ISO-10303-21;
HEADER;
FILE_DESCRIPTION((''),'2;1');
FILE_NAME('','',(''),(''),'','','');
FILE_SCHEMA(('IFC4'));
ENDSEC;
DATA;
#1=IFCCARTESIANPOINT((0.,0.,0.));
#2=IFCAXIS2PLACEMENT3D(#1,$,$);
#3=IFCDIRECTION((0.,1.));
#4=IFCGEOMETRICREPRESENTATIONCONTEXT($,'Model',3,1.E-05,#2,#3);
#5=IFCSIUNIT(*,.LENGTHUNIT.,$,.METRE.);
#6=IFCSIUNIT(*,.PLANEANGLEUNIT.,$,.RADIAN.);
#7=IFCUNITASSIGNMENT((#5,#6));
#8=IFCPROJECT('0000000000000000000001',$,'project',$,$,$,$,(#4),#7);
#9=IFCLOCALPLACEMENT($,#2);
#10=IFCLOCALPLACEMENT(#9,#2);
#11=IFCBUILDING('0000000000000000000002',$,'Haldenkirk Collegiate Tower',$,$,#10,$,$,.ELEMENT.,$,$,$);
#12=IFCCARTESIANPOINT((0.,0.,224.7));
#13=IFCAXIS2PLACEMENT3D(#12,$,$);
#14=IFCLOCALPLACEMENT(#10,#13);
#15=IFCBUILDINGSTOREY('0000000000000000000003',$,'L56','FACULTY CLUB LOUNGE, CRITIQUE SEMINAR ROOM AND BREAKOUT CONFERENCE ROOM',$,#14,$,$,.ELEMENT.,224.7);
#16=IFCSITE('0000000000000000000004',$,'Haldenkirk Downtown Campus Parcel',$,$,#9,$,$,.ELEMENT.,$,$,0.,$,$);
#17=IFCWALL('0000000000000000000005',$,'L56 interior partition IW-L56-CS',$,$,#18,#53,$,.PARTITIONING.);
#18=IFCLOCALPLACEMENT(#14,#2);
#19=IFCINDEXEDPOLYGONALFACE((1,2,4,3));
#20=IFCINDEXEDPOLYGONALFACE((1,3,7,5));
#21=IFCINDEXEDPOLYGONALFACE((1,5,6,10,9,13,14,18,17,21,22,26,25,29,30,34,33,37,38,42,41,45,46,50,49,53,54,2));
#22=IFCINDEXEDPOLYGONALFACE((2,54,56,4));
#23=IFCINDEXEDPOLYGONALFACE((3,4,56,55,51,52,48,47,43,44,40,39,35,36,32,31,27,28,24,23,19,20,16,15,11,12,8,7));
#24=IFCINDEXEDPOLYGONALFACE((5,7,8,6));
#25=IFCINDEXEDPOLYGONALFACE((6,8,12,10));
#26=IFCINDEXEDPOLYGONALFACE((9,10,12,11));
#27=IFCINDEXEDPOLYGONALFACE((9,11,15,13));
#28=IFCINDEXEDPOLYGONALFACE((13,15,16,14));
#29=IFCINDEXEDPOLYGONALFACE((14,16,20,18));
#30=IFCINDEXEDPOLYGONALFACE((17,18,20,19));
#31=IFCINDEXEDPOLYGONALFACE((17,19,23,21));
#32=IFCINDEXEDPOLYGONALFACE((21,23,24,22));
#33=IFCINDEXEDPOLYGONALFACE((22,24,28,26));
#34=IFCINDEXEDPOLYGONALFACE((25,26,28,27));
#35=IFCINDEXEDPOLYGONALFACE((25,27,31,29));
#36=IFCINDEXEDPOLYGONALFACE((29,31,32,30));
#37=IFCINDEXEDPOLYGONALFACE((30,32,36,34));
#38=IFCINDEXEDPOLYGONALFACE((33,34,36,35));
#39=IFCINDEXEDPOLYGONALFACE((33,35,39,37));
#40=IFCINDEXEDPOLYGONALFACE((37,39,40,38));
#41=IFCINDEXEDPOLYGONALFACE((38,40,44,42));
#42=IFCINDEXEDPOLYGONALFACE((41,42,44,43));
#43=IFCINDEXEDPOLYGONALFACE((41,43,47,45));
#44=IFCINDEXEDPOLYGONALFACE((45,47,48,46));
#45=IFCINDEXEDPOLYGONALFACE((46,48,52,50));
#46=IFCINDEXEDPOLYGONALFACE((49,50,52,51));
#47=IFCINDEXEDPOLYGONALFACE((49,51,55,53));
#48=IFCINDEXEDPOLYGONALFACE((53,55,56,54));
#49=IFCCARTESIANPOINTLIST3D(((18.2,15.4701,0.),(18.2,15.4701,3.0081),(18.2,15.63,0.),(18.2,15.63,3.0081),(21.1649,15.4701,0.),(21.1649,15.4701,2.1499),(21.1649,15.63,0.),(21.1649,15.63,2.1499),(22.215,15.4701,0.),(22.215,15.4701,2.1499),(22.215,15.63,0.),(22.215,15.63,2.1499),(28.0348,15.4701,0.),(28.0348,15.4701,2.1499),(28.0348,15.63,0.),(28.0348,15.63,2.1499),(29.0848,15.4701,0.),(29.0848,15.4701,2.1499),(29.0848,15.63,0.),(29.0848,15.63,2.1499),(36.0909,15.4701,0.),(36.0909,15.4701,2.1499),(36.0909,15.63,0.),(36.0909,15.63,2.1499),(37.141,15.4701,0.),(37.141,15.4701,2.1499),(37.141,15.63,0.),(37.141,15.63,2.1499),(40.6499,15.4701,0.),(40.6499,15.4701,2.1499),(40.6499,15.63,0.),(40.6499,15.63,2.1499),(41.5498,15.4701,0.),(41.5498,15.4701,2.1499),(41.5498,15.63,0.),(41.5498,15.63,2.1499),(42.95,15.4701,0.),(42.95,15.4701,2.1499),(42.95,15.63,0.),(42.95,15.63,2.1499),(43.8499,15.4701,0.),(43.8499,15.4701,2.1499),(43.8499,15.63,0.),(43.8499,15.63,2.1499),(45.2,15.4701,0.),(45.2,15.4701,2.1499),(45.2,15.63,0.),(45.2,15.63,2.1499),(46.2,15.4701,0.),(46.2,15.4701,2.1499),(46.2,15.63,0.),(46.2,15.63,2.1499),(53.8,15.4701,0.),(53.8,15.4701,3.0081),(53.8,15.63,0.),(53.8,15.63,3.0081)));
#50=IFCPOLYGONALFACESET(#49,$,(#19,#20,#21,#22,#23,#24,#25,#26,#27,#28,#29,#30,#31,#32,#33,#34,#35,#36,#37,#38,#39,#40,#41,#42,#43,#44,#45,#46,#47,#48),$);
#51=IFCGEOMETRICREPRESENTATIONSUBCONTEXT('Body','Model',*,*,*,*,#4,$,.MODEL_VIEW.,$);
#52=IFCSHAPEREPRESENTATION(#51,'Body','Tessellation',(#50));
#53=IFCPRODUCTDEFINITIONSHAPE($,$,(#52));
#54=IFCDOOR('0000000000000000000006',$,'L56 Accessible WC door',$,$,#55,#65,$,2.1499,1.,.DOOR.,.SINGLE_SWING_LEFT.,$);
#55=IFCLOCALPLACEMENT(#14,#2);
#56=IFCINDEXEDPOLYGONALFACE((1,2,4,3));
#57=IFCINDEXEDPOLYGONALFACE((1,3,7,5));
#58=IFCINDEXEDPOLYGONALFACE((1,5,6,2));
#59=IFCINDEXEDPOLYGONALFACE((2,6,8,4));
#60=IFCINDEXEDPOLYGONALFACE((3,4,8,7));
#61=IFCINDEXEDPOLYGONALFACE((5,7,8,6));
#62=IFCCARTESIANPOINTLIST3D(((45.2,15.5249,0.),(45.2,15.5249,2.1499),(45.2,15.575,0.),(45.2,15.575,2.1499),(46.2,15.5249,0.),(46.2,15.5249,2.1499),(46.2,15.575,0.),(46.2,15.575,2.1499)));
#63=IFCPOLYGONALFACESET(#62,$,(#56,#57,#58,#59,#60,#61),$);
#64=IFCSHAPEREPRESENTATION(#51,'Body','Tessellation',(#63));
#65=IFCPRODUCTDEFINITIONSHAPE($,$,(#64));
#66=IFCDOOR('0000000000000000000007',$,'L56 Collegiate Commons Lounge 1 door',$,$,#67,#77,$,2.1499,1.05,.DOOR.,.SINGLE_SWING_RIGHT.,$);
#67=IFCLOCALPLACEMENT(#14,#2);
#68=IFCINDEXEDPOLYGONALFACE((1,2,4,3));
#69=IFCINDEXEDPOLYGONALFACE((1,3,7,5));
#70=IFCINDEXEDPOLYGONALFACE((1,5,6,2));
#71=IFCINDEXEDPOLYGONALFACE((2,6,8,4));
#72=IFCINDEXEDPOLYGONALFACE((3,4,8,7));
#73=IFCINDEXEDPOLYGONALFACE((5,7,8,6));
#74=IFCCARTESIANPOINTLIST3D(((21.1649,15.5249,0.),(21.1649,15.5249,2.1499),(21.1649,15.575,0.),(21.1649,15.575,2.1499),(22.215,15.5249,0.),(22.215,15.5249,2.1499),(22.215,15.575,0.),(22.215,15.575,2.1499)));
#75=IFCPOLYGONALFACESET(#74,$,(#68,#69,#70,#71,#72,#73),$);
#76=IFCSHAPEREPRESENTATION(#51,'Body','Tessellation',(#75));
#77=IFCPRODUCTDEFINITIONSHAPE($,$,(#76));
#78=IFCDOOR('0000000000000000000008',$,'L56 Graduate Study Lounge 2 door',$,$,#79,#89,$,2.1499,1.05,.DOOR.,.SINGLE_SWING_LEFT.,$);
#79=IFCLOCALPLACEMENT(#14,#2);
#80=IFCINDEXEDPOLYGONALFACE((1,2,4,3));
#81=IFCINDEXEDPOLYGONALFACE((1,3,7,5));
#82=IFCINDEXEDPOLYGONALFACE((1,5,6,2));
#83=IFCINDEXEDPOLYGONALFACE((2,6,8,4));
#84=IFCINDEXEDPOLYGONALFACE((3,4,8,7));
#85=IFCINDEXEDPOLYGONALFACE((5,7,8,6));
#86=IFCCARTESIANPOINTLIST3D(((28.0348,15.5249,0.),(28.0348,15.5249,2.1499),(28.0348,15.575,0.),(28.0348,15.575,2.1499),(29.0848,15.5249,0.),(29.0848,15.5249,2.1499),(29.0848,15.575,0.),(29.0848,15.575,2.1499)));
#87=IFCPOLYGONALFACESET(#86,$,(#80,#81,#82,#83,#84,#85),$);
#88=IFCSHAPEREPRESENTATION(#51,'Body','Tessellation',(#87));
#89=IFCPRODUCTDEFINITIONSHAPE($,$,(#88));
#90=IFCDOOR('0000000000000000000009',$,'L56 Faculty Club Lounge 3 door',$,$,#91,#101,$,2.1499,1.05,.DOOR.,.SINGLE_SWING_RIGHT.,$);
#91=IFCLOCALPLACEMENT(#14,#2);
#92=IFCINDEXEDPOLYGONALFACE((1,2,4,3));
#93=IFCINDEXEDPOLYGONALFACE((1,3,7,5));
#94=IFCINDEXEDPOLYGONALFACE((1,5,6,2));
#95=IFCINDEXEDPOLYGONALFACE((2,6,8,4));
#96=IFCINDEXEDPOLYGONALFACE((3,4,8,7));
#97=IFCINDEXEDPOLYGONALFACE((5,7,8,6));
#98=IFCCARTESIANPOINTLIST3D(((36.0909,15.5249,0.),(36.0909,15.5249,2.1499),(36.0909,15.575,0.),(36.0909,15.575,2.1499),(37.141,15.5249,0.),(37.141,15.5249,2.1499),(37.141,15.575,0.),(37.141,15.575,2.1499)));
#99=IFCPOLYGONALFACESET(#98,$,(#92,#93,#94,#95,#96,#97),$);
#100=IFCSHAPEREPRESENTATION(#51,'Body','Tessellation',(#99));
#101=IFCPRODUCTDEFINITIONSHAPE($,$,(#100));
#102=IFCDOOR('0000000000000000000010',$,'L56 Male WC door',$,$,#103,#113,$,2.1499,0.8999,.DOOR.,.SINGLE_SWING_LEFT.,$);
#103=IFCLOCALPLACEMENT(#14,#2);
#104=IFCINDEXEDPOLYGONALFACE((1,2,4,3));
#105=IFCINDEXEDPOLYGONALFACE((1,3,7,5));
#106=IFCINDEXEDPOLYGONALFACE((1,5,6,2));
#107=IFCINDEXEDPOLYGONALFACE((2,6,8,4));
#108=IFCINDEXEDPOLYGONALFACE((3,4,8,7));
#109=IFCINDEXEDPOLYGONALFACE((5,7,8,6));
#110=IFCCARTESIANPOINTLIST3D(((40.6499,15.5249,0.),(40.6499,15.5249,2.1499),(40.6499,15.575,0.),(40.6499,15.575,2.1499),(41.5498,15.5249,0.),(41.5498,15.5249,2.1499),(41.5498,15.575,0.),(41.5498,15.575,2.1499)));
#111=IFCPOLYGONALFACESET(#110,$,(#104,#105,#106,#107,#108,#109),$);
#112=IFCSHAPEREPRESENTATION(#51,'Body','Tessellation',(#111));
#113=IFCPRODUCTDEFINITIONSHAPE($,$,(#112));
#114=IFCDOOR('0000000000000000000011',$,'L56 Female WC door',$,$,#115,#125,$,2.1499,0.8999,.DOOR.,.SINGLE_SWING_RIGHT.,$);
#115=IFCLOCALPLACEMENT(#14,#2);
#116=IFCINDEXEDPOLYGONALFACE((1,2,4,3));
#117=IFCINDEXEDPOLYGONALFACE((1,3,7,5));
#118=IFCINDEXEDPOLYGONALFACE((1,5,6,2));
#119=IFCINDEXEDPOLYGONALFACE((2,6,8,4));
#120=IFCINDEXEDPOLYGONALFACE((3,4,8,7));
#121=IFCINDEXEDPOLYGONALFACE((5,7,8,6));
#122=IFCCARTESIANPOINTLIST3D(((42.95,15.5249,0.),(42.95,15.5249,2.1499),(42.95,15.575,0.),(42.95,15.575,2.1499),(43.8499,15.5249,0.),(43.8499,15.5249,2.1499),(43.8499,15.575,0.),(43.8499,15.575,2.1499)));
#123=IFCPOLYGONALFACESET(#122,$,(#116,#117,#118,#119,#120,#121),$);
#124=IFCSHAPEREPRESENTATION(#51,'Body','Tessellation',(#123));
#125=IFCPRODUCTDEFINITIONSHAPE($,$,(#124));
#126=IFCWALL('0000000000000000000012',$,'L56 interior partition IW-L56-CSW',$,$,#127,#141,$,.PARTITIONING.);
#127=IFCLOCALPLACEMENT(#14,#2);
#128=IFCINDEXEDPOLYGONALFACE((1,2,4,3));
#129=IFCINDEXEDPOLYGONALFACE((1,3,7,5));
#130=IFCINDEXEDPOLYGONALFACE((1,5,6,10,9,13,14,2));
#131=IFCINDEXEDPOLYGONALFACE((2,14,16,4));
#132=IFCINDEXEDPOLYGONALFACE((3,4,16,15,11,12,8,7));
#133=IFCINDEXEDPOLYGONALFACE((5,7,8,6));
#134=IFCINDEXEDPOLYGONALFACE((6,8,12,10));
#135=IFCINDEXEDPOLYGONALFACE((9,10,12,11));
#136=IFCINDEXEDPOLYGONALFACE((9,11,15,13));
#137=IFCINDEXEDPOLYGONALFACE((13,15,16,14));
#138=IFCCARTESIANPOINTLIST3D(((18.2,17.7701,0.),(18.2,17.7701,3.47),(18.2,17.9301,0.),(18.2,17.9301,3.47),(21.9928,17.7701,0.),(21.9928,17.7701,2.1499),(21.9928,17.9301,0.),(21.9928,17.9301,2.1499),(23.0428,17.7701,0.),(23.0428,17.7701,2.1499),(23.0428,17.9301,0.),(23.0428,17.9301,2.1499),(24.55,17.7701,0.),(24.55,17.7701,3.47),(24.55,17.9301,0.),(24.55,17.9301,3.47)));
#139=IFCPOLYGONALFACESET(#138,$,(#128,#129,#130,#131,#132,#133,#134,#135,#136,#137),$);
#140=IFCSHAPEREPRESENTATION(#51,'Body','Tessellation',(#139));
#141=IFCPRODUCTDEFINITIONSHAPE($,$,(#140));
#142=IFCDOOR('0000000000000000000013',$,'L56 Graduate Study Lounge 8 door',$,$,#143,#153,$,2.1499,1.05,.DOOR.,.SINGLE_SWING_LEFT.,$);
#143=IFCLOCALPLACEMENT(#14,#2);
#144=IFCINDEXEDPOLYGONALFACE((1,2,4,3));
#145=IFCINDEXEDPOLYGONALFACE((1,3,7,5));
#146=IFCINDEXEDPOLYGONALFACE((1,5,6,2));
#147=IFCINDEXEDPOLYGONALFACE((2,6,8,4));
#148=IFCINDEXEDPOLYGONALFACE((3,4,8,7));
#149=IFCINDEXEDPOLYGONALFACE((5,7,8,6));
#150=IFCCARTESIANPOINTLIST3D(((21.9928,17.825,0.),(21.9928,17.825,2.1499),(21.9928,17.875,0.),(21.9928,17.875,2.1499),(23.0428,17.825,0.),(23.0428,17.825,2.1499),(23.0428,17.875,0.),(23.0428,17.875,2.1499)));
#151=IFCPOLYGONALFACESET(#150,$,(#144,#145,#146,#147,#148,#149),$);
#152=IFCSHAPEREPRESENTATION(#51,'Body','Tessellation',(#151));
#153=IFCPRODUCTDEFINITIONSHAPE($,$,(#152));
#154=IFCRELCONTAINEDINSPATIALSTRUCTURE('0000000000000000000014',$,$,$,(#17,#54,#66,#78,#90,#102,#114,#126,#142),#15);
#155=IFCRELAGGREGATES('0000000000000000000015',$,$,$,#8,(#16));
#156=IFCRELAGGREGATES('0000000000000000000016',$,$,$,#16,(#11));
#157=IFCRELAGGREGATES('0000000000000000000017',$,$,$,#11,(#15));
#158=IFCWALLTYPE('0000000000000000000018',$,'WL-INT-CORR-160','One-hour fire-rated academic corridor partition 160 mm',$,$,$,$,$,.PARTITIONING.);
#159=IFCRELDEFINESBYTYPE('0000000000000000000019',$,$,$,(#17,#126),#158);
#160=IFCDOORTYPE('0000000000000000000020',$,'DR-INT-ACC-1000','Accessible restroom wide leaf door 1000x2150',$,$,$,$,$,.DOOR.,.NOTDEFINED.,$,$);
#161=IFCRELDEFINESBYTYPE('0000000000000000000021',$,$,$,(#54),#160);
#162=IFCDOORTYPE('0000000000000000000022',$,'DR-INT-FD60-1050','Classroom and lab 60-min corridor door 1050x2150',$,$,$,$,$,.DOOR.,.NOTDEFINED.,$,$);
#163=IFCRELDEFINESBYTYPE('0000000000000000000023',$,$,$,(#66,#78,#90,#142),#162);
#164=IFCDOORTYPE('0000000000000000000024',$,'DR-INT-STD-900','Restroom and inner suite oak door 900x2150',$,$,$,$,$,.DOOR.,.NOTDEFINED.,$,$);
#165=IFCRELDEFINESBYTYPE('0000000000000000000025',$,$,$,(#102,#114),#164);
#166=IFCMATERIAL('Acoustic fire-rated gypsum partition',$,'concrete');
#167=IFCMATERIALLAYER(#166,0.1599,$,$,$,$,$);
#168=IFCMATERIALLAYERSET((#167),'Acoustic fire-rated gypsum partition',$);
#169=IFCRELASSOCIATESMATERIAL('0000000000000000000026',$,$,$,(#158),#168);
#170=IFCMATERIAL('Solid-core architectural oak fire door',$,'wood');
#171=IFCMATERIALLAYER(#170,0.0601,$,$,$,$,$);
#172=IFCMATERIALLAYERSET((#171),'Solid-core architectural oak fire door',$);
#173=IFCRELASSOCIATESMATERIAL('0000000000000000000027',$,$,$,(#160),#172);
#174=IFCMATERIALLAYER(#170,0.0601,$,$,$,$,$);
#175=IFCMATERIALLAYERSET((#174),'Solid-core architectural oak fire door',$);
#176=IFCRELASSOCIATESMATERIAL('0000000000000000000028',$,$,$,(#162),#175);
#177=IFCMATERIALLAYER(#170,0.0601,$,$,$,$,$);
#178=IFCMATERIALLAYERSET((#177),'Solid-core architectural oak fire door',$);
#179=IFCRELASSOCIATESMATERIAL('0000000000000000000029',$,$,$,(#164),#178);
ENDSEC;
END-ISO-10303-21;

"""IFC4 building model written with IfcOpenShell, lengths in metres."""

from ifc_helpers import new_model, si_unit, direction, frame, frame_2d, origin, place, context, subcontext, project, spatial, rectangle, extrude, material, layer, layer_set, type_object, element, fill, save


model = new_model("IFC4")

# Units and contexts
model_context = context("Model", 3, precision=1e-05, world=origin(), true_north=direction((0.0, 1.0)))
body_context = subcontext(model_context, "Body", "Model", "MODEL_VIEW")
ifc_project = project(units=[si_unit("LENGTHUNIT", "METRE"), si_unit("PLANEANGLEUNIT", "RADIAN")], contexts=[model_context])

# Site, building, storey
site_placement = place(None, origin())
site = spatial("IfcSite", under=ifc_project, at=site_placement, Name="Haldenkirk Downtown Campus Parcel", CompositionType="ELEMENT", RefElevation=0.0)
building_placement = place(site_placement, origin())
building = spatial("IfcBuilding", under=site, at=building_placement, Name="Haldenkirk Collegiate Tower", CompositionType="ELEMENT")
storey_placement = place(building_placement, frame((0.0, 0.0, 224.7)))
storey = spatial("IfcBuildingStorey", under=building, at=storey_placement, Name="L56", Description="FACULTY CLUB LOUNGE, CRITIQUE SEMINAR ROOM AND BREAKOUT CONFERENCE ROOM", CompositionType="ELEMENT", Elevation=224.7)

# Wall, openings, doors
ifc_material_1 = material(Name="Acoustic fire-rated gypsum partition", Category="concrete")
ifc_layer_1 = layer(ifc_material_1, 0.1599)
ifc_layer_set_1 = layer_set([ifc_layer_1], Name="Acoustic fire-rated gypsum partition")
wall_type = type_object("IfcWallType", Name="WL-INT-CORR-160", Description="One-hour fire-rated academic corridor partition 160 mm", PredefinedType="PARTITIONING", material=ifc_layer_set_1)
wall_1_placement = place(storey_placement, frame((18.2, 15.55, 0.0), z_axis=(0.0, 0.0, 1.0), x_axis=(1.0, 0.0, 0.0)))
wall_1 = element("IfcWall", 1, at=wall_1_placement, inside=storey, type_object=wall_type, Name="L56 interior partition IW-L56-CS", PredefinedType="PARTITIONING", context=body_context, shape_type="SweptSolid", body=[
    extrude(rectangle(XDim=35.6001, YDim=0.1599, at=frame_2d((17.8, 0.0))), origin(), (0.0, 0.0, 1.0), 3.0081),
])
opening_1_placement = place(wall_1_placement, frame((22.45, 0.0, 0.0)))
opening_1 = element("IfcOpeningElement", 2, at=opening_1_placement, cuts=wall_1, PredefinedType="OPENING", context=body_context, shape_type="SweptSolid", body=[
    extrude(rectangle(XDim=0.8999, YDim=2.1499, at=frame_2d((0.45, 1.075))), frame((0.0, 0.0898, 0.0), z_axis=(0.0, -1.0, 0.0), x_axis=(1.0, 0.0, 0.0)), (0.0, 0.0, 1.0), 0.1799),
])
opening_2_placement = place(wall_1_placement, frame((24.75, 0.0, 0.0)))
opening_2 = element("IfcOpeningElement", 3, at=opening_2_placement, cuts=wall_1, PredefinedType="OPENING", context=body_context, shape_type="SweptSolid", body=[
    extrude(rectangle(XDim=0.8999, YDim=2.1499, at=frame_2d((0.45, 1.075))), frame((0.0, 0.0898, 0.0), z_axis=(0.0, -1.0, 0.0), x_axis=(1.0, 0.0, 0.0)), (0.0, 0.0, 1.0), 0.1799),
])
opening_3_placement = place(wall_1_placement, frame((27.0, 0.0, 0.0)))
opening_3 = element("IfcOpeningElement", 4, at=opening_3_placement, cuts=wall_1, PredefinedType="OPENING", context=body_context, shape_type="SweptSolid", body=[
    extrude(rectangle(XDim=1.0, YDim=2.1499, at=frame_2d((0.5, 1.075))), frame((0.0, 0.0898, 0.0), z_axis=(0.0, -1.0, 0.0), x_axis=(1.0, 0.0, 0.0)), (0.0, 0.0, 1.0), 0.1799),
])
opening_4_placement = place(wall_1_placement, frame((2.9651, 0.0, 0.0)))
opening_4 = element("IfcOpeningElement", 5, at=opening_4_placement, cuts=wall_1, PredefinedType="OPENING", context=body_context, shape_type="SweptSolid", body=[
    extrude(rectangle(XDim=1.05, YDim=2.1499, at=frame_2d((0.5249, 1.075))), frame((0.0, 0.0898, 0.0), z_axis=(0.0, -1.0, 0.0), x_axis=(1.0, 0.0, 0.0)), (0.0, 0.0, 1.0), 0.1799),
])
opening_5_placement = place(wall_1_placement, frame((9.835, 0.0, 0.0)))
opening_5 = element("IfcOpeningElement", 6, at=opening_5_placement, cuts=wall_1, PredefinedType="OPENING", context=body_context, shape_type="SweptSolid", body=[
    extrude(rectangle(XDim=1.05, YDim=2.1499, at=frame_2d((0.5249, 1.075))), frame((0.0, 0.0898, 0.0), z_axis=(0.0, -1.0, 0.0), x_axis=(1.0, 0.0, 0.0)), (0.0, 0.0, 1.0), 0.1799),
])
opening_6_placement = place(wall_1_placement, frame((17.8911, 0.0, 0.0)))
opening_6 = element("IfcOpeningElement", 7, at=opening_6_placement, cuts=wall_1, PredefinedType="OPENING", context=body_context, shape_type="SweptSolid", body=[
    extrude(rectangle(XDim=1.05, YDim=2.1499, at=frame_2d((0.5249, 1.075))), frame((0.0, 0.0898, 0.0), z_axis=(0.0, -1.0, 0.0), x_axis=(1.0, 0.0, 0.0)), (0.0, 0.0, 1.0), 0.1799),
])
ifc_material_2 = material(Name="Solid-core architectural oak fire door", Category="wood")
ifc_layer_2 = layer(ifc_material_2, 0.0601)
ifc_layer_set_2 = layer_set([ifc_layer_2], Name="Solid-core architectural oak fire door")
door_type_1 = type_object("IfcDoorType", Name="DR-INT-ACC-1000", Description="Accessible restroom wide leaf door 1000x2150", OperationType="NOTDEFINED", PredefinedType="DOOR", material=ifc_layer_set_2)
door_1_placement = place(opening_3_placement, origin())
door_1 = element("IfcDoor", 8, at=door_1_placement, inside=storey, type_object=door_type_1, Name="L56 Accessible WC door", OperationType="SINGLE_SWING_LEFT", OverallHeight=2.1499, OverallWidth=1.0, PredefinedType="DOOR", context=body_context, shape_type="SweptSolid", body=[
    extrude(rectangle(XDim=1.0, YDim=2.1499, at=frame_2d((0.5, 1.075))), frame((0.0, 0.0249, 0.0), z_axis=(0.0, -1.0, 0.0), x_axis=(1.0, 0.0, 0.0)), (0.0, 0.0, 1.0), 0.05),
])
fill(opening_3, door_1)
ifc_layer_3 = layer(ifc_material_2, 0.0601)
ifc_layer_set_3 = layer_set([ifc_layer_3], Name="Solid-core architectural oak fire door")
door_type_2 = type_object("IfcDoorType", Name="DR-INT-FD60-1050", Description="Classroom and lab 60-min corridor door 1050x2150", OperationType="NOTDEFINED", PredefinedType="DOOR", material=ifc_layer_set_3)
door_2_placement = place(opening_4_placement, origin())
door_2 = element("IfcDoor", 9, at=door_2_placement, inside=storey, type_object=door_type_2, Name="L56 Collegiate Commons Lounge 1 door", OperationType="SINGLE_SWING_RIGHT", OverallHeight=2.1499, OverallWidth=1.05, PredefinedType="DOOR", context=body_context, shape_type="SweptSolid", body=[
    extrude(rectangle(XDim=1.05, YDim=2.1499, at=frame_2d((0.5249, 1.075))), frame((0.0, 0.0249, 0.0), z_axis=(0.0, -1.0, 0.0), x_axis=(1.0, 0.0, 0.0)), (0.0, 0.0, 1.0), 0.05),
])
fill(opening_4, door_2)
door_3_placement = place(opening_5_placement, origin())
door_3 = element("IfcDoor", 10, at=door_3_placement, inside=storey, type_object=door_type_2, Name="L56 Graduate Study Lounge 2 door", OperationType="SINGLE_SWING_LEFT", OverallHeight=2.1499, OverallWidth=1.05, PredefinedType="DOOR", context=body_context, shape_type="SweptSolid", body=[
    extrude(rectangle(XDim=1.05, YDim=2.1499, at=frame_2d((0.5249, 1.075))), frame((0.0, 0.0249, 0.0), z_axis=(0.0, -1.0, 0.0), x_axis=(1.0, 0.0, 0.0)), (0.0, 0.0, 1.0), 0.05),
])
fill(opening_5, door_3)
door_4_placement = place(opening_6_placement, origin())
door_4 = element("IfcDoor", 11, at=door_4_placement, inside=storey, type_object=door_type_2, Name="L56 Faculty Club Lounge 3 door", OperationType="SINGLE_SWING_RIGHT", OverallHeight=2.1499, OverallWidth=1.05, PredefinedType="DOOR", context=body_context, shape_type="SweptSolid", body=[
    extrude(rectangle(XDim=1.05, YDim=2.1499, at=frame_2d((0.5249, 1.075))), frame((0.0, 0.0249, 0.0), z_axis=(0.0, -1.0, 0.0), x_axis=(1.0, 0.0, 0.0)), (0.0, 0.0, 1.0), 0.05),
])
fill(opening_6, door_4)
ifc_layer_4 = layer(ifc_material_2, 0.0601)
ifc_layer_set_4 = layer_set([ifc_layer_4], Name="Solid-core architectural oak fire door")
door_type_3 = type_object("IfcDoorType", Name="DR-INT-STD-900", Description="Restroom and inner suite oak door 900x2150", OperationType="NOTDEFINED", PredefinedType="DOOR", material=ifc_layer_set_4)
door_5_placement = place(opening_1_placement, origin())
door_5 = element("IfcDoor", 12, at=door_5_placement, inside=storey, type_object=door_type_3, Name="L56 Male WC door", OperationType="SINGLE_SWING_LEFT", OverallHeight=2.1499, OverallWidth=0.8999, PredefinedType="DOOR", context=body_context, shape_type="SweptSolid", body=[
    extrude(rectangle(XDim=0.8999, YDim=2.1499, at=frame_2d((0.45, 1.075))), frame((0.0, 0.0249, 0.0), z_axis=(0.0, -1.0, 0.0), x_axis=(1.0, 0.0, 0.0)), (0.0, 0.0, 1.0), 0.05),
])
fill(opening_1, door_5)
door_6_placement = place(opening_2_placement, origin())
door_6 = element("IfcDoor", 13, at=door_6_placement, inside=storey, type_object=door_type_3, Name="L56 Female WC door", OperationType="SINGLE_SWING_RIGHT", OverallHeight=2.1499, OverallWidth=0.8999, PredefinedType="DOOR", context=body_context, shape_type="SweptSolid", body=[
    extrude(rectangle(XDim=0.8999, YDim=2.1499, at=frame_2d((0.45, 1.075))), frame((0.0, 0.0249, 0.0), z_axis=(0.0, -1.0, 0.0), x_axis=(1.0, 0.0, 0.0)), (0.0, 0.0, 1.0), 0.05),
])
fill(opening_2, door_6)

# Wall, opening, door
wall_2_placement = place(storey_placement, frame((18.2, 17.8501, 0.0), z_axis=(0.0, 0.0, 1.0), x_axis=(1.0, 0.0, 0.0)))
wall_2 = element("IfcWall", 14, at=wall_2_placement, inside=storey, type_object=wall_type, Name="L56 interior partition IW-L56-CSW", PredefinedType="PARTITIONING", context=body_context, shape_type="SweptSolid", body=[
    extrude(rectangle(XDim=6.3501, YDim=0.1599, at=frame_2d((3.175, 0.0))), origin(), (0.0, 0.0, 1.0), 3.47),
])
opening_7_placement = place(wall_2_placement, frame((3.793, 0.0, 0.0)))
opening_7 = element("IfcOpeningElement", 15, at=opening_7_placement, cuts=wall_2, PredefinedType="OPENING", context=body_context, shape_type="SweptSolid", body=[
    extrude(rectangle(XDim=1.05, YDim=2.1499, at=frame_2d((0.5249, 1.075))), frame((0.0, 0.0898, 0.0), z_axis=(0.0, -1.0, 0.0), x_axis=(1.0, 0.0, 0.0)), (0.0, 0.0, 1.0), 0.1799),
])
door_7_placement = place(opening_7_placement, origin())
door_7 = element("IfcDoor", 16, at=door_7_placement, inside=storey, type_object=door_type_2, Name="L56 Graduate Study Lounge 8 door", OperationType="SINGLE_SWING_LEFT", OverallHeight=2.1499, OverallWidth=1.05, PredefinedType="DOOR", context=body_context, shape_type="SweptSolid", body=[
    extrude(rectangle(XDim=1.05, YDim=2.1499, at=frame_2d((0.5249, 1.075))), frame((0.0, 0.0249, 0.0), z_axis=(0.0, -1.0, 0.0), x_axis=(1.0, 0.0, 0.0)), (0.0, 0.0, 1.0), 0.05),
])
fill(opening_7, door_7)

save(model, "model.ifc")
